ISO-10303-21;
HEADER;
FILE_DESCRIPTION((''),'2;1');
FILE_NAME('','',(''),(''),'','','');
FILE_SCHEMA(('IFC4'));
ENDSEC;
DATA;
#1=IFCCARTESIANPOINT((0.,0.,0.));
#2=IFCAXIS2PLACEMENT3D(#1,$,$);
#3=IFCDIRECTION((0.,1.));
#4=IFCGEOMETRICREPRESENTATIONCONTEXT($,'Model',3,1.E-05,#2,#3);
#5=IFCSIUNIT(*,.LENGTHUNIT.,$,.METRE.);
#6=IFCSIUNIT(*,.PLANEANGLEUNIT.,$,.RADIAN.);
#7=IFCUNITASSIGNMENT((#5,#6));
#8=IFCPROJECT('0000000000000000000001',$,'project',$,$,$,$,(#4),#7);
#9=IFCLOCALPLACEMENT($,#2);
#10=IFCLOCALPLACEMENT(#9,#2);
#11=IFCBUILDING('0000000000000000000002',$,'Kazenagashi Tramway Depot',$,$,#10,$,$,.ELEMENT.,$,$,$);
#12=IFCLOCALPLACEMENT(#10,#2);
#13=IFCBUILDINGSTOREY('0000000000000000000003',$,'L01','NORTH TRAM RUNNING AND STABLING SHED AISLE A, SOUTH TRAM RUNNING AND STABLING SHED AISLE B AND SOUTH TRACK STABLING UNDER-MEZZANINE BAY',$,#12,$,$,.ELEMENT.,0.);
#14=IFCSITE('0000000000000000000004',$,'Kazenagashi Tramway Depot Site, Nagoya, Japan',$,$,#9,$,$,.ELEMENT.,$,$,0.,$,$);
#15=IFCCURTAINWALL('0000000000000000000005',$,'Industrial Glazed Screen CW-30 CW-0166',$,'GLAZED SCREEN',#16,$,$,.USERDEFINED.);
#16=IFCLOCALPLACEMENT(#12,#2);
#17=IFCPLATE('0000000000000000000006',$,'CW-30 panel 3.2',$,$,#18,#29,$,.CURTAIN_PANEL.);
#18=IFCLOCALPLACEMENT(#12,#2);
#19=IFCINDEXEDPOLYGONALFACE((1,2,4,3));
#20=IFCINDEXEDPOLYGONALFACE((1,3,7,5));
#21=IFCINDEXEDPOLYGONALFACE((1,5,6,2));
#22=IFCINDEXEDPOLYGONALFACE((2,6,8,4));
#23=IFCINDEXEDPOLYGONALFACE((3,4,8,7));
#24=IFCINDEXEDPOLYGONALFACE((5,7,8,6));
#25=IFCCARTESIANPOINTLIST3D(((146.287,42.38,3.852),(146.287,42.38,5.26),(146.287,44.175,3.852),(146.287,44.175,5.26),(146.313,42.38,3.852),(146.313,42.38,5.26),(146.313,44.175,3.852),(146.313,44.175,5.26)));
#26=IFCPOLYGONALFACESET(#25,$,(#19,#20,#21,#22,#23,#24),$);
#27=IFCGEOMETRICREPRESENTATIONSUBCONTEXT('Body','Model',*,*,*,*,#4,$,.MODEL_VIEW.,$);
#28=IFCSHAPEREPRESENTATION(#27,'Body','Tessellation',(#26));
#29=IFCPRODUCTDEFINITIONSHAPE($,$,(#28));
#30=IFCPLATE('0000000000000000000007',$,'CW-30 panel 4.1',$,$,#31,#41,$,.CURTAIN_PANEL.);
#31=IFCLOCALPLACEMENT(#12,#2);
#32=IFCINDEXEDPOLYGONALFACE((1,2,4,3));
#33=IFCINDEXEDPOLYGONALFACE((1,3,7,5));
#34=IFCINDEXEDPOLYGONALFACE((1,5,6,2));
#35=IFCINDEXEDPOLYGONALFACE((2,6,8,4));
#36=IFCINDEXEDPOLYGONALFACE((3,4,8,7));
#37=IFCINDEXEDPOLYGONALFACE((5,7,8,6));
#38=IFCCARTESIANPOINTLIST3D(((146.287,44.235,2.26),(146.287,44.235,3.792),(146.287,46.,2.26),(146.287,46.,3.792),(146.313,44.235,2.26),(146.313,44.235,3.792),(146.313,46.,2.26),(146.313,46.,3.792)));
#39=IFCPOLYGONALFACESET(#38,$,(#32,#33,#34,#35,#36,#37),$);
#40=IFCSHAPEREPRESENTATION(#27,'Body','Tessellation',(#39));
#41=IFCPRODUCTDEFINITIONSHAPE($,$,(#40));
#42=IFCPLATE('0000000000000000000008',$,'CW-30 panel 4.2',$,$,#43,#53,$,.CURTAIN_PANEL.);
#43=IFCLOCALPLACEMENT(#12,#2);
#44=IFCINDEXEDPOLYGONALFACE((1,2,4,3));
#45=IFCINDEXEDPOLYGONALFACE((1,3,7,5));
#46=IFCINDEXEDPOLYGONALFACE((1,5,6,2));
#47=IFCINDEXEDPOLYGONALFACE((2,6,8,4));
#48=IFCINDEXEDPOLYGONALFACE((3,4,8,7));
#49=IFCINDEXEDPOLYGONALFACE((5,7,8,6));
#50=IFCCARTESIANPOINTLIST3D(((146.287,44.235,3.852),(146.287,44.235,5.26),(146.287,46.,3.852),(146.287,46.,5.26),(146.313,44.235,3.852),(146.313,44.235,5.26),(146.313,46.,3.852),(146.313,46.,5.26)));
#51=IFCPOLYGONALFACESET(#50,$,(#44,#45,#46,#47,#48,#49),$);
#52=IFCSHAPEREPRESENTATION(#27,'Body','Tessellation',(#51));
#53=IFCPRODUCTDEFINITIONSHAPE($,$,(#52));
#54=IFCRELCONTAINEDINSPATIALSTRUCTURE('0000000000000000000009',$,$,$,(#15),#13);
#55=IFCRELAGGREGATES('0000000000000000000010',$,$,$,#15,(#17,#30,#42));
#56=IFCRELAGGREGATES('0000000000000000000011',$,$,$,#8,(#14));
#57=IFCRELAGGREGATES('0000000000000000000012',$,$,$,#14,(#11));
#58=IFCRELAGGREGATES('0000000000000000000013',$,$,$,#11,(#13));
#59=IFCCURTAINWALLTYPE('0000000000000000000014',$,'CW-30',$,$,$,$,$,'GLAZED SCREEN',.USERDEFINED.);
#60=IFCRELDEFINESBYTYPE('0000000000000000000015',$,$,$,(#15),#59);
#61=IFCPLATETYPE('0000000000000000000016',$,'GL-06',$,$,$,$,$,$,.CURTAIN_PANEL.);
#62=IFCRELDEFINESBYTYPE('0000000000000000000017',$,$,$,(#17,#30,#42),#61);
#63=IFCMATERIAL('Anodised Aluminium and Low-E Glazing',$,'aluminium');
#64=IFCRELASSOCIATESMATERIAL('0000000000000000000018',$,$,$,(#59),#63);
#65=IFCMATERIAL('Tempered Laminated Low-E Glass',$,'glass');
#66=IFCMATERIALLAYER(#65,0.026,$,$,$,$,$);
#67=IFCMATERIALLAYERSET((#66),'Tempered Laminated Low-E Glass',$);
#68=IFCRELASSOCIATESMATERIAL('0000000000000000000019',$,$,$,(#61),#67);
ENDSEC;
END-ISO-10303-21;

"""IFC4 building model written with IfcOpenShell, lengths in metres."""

from ifc_helpers import new_model, si_unit, direction, frame, origin, origin_2d, place, context, subcontext, project, spatial, rectangle, extrude, material, layer, layer_set, type_object, element, aggregate, save


model = new_model("IFC4")

# Units and contexts
model_context = context("Model", 3, precision=1e-05, world=origin(), true_north=direction((0.0, 1.0)))
body_context = subcontext(model_context, "Body", "Model", "MODEL_VIEW")
ifc_project = project(units=[si_unit("LENGTHUNIT", "METRE"), si_unit("PLANEANGLEUNIT", "RADIAN")], contexts=[model_context])

# Site, building, storey
site_placement = place(None, origin())
site = spatial("IfcSite", under=ifc_project, at=site_placement, Name="Kazenagashi Tramway Depot Site, Nagoya, Japan", CompositionType="ELEMENT", RefElevation=0.0)
building_placement = place(site_placement, origin())
building = spatial("IfcBuilding", under=site, at=building_placement, Name="Kazenagashi Tramway Depot", CompositionType="ELEMENT")
storey_placement = place(building_placement, origin())
storey = spatial("IfcBuildingStorey", under=building, at=storey_placement, Name="L01", Description="NORTH TRAM RUNNING AND STABLING SHED AISLE A, SOUTH TRAM RUNNING AND STABLING SHED AISLE B AND SOUTH TRACK STABLING UNDER-MEZZANINE BAY", CompositionType="ELEMENT", Elevation=0.0)

# Curtain wall, plates
ifc_material_1 = material(Name="Anodised Aluminium and Low-E Glazing", Category="aluminium")
curtain_wall_type = type_object("IfcCurtainWallType", Name="CW-30", ElementType="GLAZED SCREEN", PredefinedType="USERDEFINED", material=ifc_material_1)
curtain_wall_placement = place(storey_placement, origin())
curtain_wall = element("IfcCurtainWall", 1, at=curtain_wall_placement, inside=storey, type_object=curtain_wall_type, Name="Industrial Glazed Screen CW-30 CW-0166", ObjectType="GLAZED SCREEN", PredefinedType="USERDEFINED")
ifc_material_2 = material(Name="Tempered Laminated Low-E Glass", Category="glass")
ifc_layer = layer(ifc_material_2, 0.026)
ifc_layer_set = layer_set([ifc_layer], Name="Tempered Laminated Low-E Glass")
plate_type = type_object("IfcPlateType", Name="GL-06", PredefinedType="CURTAIN_PANEL", material=ifc_layer_set)
plate_1_placement = place(storey_placement, frame((146.3, 43.2775, 3.852), z_axis=(0.0, 0.0, 1.0), x_axis=(0.0, 1.0, 0.0)))
plate_1 = element("IfcPlate", 2, at=plate_1_placement, type_object=plate_type, Name="CW-30 panel 3.2", PredefinedType="CURTAIN_PANEL", context=body_context, shape_type="SweptSolid", body=[
    extrude(rectangle(XDim=1.795, YDim=0.026, at=origin_2d()), origin(), (0.0, 0.0, 1.0), 1.408),
])
plate_2_placement = place(storey_placement, frame((146.3, 45.1175, 2.26), z_axis=(0.0, 0.0, 1.0), x_axis=(0.0, 1.0, 0.0)))
plate_2 = element("IfcPlate", 3, at=plate_2_placement, type_object=plate_type, Name="CW-30 panel 4.1", PredefinedType="CURTAIN_PANEL", context=body_context, shape_type="SweptSolid", body=[
    extrude(rectangle(XDim=1.765, YDim=0.026, at=origin_2d()), origin(), (0.0, 0.0, 1.0), 1.532),
])
plate_3_placement = place(storey_placement, frame((146.3, 45.1175, 3.852), z_axis=(0.0, 0.0, 1.0), x_axis=(0.0, 1.0, 0.0)))
plate_3 = element("IfcPlate", 4, at=plate_3_placement, type_object=plate_type, Name="CW-30 panel 4.2", PredefinedType="CURTAIN_PANEL", context=body_context, shape_type="SweptSolid", body=[
    extrude(rectangle(XDim=1.765, YDim=0.026, at=origin_2d()), origin(), (0.0, 0.0, 1.0), 1.408),
])
aggregate(curtain_wall, [plate_1, plate_2, plate_3])

save(model, "model.ifc")
